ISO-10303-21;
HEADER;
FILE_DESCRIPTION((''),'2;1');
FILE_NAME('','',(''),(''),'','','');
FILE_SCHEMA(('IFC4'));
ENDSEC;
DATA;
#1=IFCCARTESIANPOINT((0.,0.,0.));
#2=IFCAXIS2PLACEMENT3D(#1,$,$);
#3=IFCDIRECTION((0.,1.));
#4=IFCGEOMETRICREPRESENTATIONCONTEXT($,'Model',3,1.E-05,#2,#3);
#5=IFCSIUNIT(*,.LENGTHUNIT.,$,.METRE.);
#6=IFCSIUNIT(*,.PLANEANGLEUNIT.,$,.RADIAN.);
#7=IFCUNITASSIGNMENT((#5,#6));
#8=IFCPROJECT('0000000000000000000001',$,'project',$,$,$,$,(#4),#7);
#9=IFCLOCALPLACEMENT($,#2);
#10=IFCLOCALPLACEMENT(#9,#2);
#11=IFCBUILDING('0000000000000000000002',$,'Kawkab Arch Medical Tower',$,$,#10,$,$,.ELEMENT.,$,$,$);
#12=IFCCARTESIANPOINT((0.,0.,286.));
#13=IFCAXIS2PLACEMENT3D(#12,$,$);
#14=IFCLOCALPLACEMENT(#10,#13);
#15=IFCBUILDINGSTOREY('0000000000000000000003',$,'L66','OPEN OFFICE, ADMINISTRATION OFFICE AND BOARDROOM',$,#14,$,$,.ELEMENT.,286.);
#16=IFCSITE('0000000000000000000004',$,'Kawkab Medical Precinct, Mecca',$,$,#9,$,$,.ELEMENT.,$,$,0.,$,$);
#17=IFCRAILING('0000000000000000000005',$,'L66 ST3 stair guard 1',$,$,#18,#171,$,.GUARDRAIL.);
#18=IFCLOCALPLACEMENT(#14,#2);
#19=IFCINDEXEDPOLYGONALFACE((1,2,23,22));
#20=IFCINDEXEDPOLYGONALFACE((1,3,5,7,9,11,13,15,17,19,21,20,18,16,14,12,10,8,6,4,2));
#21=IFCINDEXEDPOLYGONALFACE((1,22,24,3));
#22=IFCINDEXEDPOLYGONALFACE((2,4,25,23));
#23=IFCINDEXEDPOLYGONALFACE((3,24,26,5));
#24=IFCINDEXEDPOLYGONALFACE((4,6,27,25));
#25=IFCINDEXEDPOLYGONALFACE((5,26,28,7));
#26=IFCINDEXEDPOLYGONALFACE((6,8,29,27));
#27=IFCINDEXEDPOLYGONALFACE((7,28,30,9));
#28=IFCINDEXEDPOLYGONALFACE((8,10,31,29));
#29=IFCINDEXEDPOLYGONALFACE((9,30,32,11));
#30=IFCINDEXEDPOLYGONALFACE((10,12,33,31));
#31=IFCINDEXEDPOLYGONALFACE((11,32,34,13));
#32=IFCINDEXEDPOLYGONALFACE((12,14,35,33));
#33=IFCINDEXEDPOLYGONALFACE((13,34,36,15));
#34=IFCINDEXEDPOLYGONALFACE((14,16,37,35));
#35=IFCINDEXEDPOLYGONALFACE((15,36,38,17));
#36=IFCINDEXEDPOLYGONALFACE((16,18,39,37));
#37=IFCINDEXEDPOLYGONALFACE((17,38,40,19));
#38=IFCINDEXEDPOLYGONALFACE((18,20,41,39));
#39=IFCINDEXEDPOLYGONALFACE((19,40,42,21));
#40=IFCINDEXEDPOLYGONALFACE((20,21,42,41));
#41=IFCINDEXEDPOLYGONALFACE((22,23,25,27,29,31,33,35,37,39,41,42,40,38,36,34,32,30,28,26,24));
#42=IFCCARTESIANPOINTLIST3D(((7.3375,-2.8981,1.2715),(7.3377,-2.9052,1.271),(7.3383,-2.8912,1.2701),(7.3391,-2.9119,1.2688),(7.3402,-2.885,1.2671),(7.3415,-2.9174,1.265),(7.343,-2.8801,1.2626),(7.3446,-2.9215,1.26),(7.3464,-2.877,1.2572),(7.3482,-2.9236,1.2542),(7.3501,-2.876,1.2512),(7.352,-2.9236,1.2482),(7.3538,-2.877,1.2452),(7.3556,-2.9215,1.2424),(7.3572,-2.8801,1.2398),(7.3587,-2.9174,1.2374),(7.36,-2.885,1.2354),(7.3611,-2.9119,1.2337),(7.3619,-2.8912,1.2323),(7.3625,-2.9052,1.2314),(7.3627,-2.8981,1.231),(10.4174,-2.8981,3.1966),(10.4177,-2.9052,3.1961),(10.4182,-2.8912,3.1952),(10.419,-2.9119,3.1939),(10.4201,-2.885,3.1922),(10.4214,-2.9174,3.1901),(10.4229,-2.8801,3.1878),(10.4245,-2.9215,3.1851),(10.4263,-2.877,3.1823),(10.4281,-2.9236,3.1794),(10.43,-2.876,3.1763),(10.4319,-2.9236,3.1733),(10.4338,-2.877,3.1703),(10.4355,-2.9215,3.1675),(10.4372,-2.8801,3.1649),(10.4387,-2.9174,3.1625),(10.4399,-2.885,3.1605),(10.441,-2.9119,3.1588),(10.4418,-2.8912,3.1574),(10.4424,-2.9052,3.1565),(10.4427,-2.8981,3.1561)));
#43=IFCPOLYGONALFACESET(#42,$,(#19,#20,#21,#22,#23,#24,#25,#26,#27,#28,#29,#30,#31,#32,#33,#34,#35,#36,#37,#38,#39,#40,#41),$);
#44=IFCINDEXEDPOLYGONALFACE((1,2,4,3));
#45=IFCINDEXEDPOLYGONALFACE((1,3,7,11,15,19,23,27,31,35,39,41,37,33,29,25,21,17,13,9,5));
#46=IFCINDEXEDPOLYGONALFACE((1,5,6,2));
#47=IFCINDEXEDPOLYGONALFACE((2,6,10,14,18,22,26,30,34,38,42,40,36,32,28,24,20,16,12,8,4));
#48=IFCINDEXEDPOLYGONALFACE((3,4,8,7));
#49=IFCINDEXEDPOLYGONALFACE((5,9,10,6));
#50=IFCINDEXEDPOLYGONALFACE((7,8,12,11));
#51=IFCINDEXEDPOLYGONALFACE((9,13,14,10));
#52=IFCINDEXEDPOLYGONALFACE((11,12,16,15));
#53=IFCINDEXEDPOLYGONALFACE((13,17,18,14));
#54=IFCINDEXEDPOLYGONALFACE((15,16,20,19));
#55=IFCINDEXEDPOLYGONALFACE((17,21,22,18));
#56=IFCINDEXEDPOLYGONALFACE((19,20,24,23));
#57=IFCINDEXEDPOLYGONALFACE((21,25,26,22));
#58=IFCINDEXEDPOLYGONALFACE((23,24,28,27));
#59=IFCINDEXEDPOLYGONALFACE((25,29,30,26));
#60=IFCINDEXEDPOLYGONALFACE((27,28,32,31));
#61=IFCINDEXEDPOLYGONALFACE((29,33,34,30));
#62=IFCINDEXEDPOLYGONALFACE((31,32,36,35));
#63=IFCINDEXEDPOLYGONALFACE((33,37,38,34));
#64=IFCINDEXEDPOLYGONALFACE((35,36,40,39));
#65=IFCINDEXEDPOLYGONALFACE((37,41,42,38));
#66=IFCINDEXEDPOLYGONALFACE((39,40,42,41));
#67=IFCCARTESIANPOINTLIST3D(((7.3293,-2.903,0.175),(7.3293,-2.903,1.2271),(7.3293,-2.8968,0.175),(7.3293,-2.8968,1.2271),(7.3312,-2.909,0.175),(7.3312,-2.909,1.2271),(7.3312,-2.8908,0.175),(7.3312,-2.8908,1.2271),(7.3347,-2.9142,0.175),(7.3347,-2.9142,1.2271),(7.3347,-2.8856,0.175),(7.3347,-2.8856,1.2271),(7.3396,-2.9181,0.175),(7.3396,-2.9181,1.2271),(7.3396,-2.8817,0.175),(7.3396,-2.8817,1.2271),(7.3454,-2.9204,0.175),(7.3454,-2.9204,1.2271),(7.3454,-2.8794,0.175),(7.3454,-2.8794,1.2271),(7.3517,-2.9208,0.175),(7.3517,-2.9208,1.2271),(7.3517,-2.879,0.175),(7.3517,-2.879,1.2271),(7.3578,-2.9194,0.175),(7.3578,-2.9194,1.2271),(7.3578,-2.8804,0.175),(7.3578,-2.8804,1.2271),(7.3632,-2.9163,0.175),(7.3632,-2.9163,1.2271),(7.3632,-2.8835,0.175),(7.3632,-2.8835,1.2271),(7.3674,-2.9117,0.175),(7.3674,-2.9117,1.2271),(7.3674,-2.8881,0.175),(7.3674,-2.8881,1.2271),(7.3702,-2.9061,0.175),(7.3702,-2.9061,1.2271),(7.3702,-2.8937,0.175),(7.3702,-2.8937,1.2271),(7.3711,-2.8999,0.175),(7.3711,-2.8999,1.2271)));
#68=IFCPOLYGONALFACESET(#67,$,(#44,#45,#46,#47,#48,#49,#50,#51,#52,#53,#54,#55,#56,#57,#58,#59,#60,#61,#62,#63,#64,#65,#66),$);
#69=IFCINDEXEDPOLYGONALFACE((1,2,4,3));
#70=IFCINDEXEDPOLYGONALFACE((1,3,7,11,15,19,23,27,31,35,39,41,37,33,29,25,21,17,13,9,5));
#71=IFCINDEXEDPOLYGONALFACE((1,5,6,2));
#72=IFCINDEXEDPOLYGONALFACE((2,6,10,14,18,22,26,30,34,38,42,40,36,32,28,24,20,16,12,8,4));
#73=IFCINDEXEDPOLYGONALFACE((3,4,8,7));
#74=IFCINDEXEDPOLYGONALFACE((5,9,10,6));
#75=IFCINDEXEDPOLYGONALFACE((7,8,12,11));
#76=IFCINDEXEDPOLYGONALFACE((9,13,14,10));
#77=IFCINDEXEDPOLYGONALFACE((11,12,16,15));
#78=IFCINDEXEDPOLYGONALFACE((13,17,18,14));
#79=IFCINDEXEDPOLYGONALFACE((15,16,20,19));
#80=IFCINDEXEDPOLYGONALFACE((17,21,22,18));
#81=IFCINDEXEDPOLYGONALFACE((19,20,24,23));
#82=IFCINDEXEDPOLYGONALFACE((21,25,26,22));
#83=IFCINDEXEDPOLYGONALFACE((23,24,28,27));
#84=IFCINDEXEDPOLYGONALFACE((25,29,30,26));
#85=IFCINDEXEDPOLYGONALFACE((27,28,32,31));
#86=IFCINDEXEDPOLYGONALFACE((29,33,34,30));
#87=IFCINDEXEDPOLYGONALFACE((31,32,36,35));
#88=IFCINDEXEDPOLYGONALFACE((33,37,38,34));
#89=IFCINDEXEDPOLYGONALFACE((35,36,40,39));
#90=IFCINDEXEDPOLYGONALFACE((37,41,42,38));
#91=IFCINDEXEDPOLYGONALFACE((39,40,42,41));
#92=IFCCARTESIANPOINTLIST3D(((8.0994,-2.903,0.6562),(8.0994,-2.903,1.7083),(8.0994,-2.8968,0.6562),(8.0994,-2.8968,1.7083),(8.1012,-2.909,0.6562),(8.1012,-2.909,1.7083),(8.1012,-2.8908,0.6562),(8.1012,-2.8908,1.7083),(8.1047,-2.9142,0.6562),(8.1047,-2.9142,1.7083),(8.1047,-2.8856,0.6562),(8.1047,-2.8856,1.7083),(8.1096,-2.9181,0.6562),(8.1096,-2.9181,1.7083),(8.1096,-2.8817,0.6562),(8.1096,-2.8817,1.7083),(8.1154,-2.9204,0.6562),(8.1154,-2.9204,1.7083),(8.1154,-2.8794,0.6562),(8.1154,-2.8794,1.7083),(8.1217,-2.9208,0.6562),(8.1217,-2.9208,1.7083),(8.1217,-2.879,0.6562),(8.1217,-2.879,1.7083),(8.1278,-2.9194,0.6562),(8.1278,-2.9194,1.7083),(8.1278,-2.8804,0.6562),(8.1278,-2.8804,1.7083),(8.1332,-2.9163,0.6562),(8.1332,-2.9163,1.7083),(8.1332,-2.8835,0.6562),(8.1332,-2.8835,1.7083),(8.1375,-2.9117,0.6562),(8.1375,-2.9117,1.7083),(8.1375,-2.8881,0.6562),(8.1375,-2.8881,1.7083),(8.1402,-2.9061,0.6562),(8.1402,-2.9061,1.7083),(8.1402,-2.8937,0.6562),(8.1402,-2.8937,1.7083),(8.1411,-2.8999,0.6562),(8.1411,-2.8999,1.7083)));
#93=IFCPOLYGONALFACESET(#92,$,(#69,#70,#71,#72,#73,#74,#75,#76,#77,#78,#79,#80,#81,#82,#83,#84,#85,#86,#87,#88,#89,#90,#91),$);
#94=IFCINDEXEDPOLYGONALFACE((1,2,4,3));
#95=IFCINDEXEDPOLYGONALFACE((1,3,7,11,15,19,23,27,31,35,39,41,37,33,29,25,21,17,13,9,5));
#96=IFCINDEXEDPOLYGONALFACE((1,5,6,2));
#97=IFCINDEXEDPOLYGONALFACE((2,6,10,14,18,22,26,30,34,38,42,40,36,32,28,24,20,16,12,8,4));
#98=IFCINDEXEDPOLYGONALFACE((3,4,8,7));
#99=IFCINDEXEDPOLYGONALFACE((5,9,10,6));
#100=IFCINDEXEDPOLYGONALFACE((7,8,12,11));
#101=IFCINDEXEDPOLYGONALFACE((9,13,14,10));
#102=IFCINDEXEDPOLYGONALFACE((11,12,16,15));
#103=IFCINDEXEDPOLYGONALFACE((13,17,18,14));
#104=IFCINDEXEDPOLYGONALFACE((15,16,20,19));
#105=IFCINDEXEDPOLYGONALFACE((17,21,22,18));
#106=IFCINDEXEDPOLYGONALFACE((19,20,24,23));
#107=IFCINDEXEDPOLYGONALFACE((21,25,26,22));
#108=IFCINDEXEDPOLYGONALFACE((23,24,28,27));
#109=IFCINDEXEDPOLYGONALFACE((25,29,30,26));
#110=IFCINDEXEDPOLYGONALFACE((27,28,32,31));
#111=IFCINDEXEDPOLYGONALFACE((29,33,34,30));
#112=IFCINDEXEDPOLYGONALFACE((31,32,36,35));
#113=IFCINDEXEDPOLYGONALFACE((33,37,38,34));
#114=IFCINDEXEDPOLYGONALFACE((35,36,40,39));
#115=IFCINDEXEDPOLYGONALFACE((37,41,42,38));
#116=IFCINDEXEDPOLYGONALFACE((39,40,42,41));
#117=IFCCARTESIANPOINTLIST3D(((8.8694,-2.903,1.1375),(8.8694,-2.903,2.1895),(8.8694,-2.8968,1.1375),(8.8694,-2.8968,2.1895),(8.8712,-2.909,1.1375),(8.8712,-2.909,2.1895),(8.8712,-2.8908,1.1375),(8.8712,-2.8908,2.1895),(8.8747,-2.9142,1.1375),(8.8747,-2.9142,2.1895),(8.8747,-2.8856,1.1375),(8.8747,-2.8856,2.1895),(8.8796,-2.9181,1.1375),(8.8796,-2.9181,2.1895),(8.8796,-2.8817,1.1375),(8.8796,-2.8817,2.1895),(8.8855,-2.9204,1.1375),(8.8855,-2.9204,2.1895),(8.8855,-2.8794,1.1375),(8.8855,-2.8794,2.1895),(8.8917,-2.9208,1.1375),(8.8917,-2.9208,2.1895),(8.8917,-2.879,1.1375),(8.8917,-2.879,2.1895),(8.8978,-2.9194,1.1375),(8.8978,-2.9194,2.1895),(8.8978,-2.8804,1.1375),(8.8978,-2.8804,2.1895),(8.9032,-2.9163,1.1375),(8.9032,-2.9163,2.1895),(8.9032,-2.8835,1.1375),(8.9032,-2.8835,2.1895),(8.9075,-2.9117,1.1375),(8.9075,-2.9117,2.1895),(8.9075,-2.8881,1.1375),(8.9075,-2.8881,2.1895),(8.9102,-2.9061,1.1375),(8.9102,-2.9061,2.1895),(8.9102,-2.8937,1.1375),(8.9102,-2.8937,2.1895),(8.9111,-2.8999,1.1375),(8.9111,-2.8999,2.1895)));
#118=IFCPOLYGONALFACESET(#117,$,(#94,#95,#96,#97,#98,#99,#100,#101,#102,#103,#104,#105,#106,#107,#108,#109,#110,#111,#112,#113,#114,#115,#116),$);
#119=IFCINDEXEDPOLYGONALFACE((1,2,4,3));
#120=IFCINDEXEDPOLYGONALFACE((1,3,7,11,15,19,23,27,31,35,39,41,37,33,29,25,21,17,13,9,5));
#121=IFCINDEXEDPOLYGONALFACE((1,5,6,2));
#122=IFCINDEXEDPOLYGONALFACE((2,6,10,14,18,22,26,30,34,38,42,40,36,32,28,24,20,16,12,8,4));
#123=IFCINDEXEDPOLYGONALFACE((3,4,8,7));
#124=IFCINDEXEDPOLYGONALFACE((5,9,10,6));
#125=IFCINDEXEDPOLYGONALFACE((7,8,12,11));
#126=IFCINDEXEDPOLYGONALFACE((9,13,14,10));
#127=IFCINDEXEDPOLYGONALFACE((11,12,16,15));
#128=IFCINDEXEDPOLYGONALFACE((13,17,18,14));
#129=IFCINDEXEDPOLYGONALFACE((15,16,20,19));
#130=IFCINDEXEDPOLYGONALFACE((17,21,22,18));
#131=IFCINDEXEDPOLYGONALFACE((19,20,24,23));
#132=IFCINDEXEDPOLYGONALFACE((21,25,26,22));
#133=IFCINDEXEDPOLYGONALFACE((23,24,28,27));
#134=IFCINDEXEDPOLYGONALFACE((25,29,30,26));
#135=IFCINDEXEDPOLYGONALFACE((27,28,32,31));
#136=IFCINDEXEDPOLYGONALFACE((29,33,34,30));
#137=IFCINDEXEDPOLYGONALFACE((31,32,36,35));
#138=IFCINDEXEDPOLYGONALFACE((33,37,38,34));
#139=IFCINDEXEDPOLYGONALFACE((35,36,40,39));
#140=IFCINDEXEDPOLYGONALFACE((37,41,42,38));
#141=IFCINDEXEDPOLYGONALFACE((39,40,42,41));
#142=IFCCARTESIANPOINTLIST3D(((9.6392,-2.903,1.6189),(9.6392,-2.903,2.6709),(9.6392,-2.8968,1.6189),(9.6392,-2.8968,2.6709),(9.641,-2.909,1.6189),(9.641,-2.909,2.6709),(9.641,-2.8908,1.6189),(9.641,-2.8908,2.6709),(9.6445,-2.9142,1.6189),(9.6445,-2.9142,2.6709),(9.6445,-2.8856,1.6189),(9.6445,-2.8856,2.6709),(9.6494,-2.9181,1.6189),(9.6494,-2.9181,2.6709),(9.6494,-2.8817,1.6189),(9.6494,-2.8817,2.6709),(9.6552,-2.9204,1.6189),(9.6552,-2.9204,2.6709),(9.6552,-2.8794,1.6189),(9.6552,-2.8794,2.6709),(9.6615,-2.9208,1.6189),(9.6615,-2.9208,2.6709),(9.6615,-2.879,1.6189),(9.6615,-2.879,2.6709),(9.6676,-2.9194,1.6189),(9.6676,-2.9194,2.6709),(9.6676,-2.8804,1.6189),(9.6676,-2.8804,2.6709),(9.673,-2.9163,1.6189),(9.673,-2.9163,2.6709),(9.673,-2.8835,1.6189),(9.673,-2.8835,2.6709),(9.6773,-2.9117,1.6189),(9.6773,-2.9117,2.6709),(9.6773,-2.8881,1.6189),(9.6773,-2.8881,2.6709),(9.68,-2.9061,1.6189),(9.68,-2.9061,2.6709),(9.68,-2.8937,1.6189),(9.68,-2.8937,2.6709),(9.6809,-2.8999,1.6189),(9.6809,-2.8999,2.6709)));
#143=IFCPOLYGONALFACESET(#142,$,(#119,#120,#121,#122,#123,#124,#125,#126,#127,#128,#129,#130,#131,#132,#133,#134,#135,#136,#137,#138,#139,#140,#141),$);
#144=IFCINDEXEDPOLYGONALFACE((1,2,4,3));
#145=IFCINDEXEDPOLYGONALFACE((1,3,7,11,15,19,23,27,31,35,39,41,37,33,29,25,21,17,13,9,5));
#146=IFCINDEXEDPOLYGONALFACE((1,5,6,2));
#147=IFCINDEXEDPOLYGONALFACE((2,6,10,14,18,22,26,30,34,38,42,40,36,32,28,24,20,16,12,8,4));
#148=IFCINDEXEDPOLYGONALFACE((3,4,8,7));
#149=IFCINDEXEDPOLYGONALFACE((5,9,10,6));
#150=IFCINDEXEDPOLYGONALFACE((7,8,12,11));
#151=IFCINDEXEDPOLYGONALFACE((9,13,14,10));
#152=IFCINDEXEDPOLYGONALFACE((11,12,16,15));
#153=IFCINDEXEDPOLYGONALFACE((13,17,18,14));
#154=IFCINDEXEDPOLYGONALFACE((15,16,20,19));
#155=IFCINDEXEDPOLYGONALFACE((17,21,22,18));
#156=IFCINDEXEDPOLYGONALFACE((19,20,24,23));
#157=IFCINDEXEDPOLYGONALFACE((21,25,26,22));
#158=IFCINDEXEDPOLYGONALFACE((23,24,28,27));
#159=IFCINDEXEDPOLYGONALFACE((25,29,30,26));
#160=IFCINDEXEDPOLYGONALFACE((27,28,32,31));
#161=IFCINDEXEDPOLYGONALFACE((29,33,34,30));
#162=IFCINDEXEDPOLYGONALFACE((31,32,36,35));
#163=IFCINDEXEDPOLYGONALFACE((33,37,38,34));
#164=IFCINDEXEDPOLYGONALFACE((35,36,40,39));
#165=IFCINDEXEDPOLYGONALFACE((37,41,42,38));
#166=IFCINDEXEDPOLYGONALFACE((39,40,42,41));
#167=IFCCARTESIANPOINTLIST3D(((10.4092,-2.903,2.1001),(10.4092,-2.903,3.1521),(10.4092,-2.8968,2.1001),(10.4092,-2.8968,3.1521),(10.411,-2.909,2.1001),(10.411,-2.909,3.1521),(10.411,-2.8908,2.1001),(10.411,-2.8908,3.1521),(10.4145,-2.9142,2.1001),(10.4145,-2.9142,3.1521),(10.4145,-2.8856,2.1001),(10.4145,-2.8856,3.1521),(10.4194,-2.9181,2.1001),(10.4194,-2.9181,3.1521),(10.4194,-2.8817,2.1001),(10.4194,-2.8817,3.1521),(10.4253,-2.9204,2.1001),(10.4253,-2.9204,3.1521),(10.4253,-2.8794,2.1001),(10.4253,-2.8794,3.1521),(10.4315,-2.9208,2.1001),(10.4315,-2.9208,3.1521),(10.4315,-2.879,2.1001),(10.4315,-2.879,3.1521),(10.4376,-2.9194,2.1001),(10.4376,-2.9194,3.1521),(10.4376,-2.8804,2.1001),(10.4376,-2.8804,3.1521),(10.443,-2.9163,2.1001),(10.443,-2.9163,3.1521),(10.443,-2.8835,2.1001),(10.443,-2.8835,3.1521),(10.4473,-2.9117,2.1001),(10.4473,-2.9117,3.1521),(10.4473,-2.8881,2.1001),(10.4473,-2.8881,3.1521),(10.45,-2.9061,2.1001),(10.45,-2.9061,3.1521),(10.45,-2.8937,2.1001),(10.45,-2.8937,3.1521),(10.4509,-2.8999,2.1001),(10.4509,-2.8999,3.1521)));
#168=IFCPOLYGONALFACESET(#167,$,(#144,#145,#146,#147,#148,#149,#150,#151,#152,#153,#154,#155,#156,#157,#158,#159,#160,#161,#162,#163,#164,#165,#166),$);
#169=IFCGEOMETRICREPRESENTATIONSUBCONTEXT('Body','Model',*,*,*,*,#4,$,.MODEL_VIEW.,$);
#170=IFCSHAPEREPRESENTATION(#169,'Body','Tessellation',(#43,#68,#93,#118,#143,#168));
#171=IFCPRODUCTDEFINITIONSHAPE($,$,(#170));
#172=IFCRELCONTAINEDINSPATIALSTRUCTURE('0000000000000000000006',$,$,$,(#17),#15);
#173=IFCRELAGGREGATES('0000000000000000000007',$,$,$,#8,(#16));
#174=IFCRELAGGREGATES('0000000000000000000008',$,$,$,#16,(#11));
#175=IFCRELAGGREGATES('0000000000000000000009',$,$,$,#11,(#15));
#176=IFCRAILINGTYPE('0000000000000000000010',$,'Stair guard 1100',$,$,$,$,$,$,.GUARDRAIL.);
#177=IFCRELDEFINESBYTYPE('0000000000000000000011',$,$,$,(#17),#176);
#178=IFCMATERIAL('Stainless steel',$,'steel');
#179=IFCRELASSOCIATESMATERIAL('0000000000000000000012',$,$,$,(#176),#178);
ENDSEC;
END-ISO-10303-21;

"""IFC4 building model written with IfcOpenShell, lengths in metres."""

from ifc_helpers import new_model, si_unit, direction, frame, origin, origin_2d, place, context, subcontext, project, spatial, circle, extrude, material, type_object, element, save


model = new_model("IFC4")

# Units and contexts
model_context = context("Model", 3, precision=1e-05, world=origin(), true_north=direction((0.0, 1.0)))
body_context = subcontext(model_context, "Body", "Model", "MODEL_VIEW")
ifc_project = project(units=[si_unit("LENGTHUNIT", "METRE"), si_unit("PLANEANGLEUNIT", "RADIAN")], contexts=[model_context])

# Site, building, storey
site_placement = place(None, origin())
site = spatial("IfcSite", under=ifc_project, at=site_placement, Name="Kawkab Medical Precinct, Mecca", CompositionType="ELEMENT", RefElevation=0.0)
building_placement = place(site_placement, origin())
building = spatial("IfcBuilding", under=site, at=building_placement, Name="Kawkab Arch Medical Tower", CompositionType="ELEMENT")
storey_placement = place(building_placement, frame((0.0, 0.0, 286.0)))
storey = spatial("IfcBuildingStorey", under=building, at=storey_placement, Name="L66", Description="OPEN OFFICE, ADMINISTRATION OFFICE AND BOARDROOM", CompositionType="ELEMENT", Elevation=286.0)

# Railing
ifc_material_1 = material(Name="Stainless steel", Category="steel")
railing_type = type_object("IfcRailingType", Name="Stair guard 1100", PredefinedType="GUARDRAIL", material=ifc_material_1)
railing_1_placement = place(storey_placement, frame((7.3501, -2.8999, 0.175)))
element("IfcRailing", 1, at=railing_1_placement, inside=storey, type_object=railing_type, Name="L66 ST3 stair guard 1", PredefinedType="GUARDRAIL", context=body_context, shape_type="SweptSolid", body=[
    extrude(circle(Radius=0.0239, at=origin_2d()), frame((0.0, 0.0, 1.0762), z_axis=(0.847979, 0.0, 0.530029), x_axis=(0.0, 1.0, 0.0)), (0.0, 0.0, 1.0), 3.6321),
    extrude(circle(Radius=0.021, at=origin_2d()), origin(), (0.0, 0.0, 1.0), 1.052),
    extrude(circle(Radius=0.021, at=origin_2d()), frame((0.77, 0.0, 0.4812)), (0.0, 0.0, 1.0), 1.052),
    extrude(circle(Radius=0.021, at=origin_2d()), frame((1.54, 0.0, 0.9624)), (0.0, 0.0, 1.0), 1.052),
    extrude(circle(Radius=0.021, at=origin_2d()), frame((2.3098, 0.0, 1.4438)), (0.0, 0.0, 1.0), 1.052),
    extrude(circle(Radius=0.021, at=origin_2d()), frame((3.0798, 0.0, 1.925)), (0.0, 0.0, 1.0), 1.052),
])

save(model, "model.ifc")
